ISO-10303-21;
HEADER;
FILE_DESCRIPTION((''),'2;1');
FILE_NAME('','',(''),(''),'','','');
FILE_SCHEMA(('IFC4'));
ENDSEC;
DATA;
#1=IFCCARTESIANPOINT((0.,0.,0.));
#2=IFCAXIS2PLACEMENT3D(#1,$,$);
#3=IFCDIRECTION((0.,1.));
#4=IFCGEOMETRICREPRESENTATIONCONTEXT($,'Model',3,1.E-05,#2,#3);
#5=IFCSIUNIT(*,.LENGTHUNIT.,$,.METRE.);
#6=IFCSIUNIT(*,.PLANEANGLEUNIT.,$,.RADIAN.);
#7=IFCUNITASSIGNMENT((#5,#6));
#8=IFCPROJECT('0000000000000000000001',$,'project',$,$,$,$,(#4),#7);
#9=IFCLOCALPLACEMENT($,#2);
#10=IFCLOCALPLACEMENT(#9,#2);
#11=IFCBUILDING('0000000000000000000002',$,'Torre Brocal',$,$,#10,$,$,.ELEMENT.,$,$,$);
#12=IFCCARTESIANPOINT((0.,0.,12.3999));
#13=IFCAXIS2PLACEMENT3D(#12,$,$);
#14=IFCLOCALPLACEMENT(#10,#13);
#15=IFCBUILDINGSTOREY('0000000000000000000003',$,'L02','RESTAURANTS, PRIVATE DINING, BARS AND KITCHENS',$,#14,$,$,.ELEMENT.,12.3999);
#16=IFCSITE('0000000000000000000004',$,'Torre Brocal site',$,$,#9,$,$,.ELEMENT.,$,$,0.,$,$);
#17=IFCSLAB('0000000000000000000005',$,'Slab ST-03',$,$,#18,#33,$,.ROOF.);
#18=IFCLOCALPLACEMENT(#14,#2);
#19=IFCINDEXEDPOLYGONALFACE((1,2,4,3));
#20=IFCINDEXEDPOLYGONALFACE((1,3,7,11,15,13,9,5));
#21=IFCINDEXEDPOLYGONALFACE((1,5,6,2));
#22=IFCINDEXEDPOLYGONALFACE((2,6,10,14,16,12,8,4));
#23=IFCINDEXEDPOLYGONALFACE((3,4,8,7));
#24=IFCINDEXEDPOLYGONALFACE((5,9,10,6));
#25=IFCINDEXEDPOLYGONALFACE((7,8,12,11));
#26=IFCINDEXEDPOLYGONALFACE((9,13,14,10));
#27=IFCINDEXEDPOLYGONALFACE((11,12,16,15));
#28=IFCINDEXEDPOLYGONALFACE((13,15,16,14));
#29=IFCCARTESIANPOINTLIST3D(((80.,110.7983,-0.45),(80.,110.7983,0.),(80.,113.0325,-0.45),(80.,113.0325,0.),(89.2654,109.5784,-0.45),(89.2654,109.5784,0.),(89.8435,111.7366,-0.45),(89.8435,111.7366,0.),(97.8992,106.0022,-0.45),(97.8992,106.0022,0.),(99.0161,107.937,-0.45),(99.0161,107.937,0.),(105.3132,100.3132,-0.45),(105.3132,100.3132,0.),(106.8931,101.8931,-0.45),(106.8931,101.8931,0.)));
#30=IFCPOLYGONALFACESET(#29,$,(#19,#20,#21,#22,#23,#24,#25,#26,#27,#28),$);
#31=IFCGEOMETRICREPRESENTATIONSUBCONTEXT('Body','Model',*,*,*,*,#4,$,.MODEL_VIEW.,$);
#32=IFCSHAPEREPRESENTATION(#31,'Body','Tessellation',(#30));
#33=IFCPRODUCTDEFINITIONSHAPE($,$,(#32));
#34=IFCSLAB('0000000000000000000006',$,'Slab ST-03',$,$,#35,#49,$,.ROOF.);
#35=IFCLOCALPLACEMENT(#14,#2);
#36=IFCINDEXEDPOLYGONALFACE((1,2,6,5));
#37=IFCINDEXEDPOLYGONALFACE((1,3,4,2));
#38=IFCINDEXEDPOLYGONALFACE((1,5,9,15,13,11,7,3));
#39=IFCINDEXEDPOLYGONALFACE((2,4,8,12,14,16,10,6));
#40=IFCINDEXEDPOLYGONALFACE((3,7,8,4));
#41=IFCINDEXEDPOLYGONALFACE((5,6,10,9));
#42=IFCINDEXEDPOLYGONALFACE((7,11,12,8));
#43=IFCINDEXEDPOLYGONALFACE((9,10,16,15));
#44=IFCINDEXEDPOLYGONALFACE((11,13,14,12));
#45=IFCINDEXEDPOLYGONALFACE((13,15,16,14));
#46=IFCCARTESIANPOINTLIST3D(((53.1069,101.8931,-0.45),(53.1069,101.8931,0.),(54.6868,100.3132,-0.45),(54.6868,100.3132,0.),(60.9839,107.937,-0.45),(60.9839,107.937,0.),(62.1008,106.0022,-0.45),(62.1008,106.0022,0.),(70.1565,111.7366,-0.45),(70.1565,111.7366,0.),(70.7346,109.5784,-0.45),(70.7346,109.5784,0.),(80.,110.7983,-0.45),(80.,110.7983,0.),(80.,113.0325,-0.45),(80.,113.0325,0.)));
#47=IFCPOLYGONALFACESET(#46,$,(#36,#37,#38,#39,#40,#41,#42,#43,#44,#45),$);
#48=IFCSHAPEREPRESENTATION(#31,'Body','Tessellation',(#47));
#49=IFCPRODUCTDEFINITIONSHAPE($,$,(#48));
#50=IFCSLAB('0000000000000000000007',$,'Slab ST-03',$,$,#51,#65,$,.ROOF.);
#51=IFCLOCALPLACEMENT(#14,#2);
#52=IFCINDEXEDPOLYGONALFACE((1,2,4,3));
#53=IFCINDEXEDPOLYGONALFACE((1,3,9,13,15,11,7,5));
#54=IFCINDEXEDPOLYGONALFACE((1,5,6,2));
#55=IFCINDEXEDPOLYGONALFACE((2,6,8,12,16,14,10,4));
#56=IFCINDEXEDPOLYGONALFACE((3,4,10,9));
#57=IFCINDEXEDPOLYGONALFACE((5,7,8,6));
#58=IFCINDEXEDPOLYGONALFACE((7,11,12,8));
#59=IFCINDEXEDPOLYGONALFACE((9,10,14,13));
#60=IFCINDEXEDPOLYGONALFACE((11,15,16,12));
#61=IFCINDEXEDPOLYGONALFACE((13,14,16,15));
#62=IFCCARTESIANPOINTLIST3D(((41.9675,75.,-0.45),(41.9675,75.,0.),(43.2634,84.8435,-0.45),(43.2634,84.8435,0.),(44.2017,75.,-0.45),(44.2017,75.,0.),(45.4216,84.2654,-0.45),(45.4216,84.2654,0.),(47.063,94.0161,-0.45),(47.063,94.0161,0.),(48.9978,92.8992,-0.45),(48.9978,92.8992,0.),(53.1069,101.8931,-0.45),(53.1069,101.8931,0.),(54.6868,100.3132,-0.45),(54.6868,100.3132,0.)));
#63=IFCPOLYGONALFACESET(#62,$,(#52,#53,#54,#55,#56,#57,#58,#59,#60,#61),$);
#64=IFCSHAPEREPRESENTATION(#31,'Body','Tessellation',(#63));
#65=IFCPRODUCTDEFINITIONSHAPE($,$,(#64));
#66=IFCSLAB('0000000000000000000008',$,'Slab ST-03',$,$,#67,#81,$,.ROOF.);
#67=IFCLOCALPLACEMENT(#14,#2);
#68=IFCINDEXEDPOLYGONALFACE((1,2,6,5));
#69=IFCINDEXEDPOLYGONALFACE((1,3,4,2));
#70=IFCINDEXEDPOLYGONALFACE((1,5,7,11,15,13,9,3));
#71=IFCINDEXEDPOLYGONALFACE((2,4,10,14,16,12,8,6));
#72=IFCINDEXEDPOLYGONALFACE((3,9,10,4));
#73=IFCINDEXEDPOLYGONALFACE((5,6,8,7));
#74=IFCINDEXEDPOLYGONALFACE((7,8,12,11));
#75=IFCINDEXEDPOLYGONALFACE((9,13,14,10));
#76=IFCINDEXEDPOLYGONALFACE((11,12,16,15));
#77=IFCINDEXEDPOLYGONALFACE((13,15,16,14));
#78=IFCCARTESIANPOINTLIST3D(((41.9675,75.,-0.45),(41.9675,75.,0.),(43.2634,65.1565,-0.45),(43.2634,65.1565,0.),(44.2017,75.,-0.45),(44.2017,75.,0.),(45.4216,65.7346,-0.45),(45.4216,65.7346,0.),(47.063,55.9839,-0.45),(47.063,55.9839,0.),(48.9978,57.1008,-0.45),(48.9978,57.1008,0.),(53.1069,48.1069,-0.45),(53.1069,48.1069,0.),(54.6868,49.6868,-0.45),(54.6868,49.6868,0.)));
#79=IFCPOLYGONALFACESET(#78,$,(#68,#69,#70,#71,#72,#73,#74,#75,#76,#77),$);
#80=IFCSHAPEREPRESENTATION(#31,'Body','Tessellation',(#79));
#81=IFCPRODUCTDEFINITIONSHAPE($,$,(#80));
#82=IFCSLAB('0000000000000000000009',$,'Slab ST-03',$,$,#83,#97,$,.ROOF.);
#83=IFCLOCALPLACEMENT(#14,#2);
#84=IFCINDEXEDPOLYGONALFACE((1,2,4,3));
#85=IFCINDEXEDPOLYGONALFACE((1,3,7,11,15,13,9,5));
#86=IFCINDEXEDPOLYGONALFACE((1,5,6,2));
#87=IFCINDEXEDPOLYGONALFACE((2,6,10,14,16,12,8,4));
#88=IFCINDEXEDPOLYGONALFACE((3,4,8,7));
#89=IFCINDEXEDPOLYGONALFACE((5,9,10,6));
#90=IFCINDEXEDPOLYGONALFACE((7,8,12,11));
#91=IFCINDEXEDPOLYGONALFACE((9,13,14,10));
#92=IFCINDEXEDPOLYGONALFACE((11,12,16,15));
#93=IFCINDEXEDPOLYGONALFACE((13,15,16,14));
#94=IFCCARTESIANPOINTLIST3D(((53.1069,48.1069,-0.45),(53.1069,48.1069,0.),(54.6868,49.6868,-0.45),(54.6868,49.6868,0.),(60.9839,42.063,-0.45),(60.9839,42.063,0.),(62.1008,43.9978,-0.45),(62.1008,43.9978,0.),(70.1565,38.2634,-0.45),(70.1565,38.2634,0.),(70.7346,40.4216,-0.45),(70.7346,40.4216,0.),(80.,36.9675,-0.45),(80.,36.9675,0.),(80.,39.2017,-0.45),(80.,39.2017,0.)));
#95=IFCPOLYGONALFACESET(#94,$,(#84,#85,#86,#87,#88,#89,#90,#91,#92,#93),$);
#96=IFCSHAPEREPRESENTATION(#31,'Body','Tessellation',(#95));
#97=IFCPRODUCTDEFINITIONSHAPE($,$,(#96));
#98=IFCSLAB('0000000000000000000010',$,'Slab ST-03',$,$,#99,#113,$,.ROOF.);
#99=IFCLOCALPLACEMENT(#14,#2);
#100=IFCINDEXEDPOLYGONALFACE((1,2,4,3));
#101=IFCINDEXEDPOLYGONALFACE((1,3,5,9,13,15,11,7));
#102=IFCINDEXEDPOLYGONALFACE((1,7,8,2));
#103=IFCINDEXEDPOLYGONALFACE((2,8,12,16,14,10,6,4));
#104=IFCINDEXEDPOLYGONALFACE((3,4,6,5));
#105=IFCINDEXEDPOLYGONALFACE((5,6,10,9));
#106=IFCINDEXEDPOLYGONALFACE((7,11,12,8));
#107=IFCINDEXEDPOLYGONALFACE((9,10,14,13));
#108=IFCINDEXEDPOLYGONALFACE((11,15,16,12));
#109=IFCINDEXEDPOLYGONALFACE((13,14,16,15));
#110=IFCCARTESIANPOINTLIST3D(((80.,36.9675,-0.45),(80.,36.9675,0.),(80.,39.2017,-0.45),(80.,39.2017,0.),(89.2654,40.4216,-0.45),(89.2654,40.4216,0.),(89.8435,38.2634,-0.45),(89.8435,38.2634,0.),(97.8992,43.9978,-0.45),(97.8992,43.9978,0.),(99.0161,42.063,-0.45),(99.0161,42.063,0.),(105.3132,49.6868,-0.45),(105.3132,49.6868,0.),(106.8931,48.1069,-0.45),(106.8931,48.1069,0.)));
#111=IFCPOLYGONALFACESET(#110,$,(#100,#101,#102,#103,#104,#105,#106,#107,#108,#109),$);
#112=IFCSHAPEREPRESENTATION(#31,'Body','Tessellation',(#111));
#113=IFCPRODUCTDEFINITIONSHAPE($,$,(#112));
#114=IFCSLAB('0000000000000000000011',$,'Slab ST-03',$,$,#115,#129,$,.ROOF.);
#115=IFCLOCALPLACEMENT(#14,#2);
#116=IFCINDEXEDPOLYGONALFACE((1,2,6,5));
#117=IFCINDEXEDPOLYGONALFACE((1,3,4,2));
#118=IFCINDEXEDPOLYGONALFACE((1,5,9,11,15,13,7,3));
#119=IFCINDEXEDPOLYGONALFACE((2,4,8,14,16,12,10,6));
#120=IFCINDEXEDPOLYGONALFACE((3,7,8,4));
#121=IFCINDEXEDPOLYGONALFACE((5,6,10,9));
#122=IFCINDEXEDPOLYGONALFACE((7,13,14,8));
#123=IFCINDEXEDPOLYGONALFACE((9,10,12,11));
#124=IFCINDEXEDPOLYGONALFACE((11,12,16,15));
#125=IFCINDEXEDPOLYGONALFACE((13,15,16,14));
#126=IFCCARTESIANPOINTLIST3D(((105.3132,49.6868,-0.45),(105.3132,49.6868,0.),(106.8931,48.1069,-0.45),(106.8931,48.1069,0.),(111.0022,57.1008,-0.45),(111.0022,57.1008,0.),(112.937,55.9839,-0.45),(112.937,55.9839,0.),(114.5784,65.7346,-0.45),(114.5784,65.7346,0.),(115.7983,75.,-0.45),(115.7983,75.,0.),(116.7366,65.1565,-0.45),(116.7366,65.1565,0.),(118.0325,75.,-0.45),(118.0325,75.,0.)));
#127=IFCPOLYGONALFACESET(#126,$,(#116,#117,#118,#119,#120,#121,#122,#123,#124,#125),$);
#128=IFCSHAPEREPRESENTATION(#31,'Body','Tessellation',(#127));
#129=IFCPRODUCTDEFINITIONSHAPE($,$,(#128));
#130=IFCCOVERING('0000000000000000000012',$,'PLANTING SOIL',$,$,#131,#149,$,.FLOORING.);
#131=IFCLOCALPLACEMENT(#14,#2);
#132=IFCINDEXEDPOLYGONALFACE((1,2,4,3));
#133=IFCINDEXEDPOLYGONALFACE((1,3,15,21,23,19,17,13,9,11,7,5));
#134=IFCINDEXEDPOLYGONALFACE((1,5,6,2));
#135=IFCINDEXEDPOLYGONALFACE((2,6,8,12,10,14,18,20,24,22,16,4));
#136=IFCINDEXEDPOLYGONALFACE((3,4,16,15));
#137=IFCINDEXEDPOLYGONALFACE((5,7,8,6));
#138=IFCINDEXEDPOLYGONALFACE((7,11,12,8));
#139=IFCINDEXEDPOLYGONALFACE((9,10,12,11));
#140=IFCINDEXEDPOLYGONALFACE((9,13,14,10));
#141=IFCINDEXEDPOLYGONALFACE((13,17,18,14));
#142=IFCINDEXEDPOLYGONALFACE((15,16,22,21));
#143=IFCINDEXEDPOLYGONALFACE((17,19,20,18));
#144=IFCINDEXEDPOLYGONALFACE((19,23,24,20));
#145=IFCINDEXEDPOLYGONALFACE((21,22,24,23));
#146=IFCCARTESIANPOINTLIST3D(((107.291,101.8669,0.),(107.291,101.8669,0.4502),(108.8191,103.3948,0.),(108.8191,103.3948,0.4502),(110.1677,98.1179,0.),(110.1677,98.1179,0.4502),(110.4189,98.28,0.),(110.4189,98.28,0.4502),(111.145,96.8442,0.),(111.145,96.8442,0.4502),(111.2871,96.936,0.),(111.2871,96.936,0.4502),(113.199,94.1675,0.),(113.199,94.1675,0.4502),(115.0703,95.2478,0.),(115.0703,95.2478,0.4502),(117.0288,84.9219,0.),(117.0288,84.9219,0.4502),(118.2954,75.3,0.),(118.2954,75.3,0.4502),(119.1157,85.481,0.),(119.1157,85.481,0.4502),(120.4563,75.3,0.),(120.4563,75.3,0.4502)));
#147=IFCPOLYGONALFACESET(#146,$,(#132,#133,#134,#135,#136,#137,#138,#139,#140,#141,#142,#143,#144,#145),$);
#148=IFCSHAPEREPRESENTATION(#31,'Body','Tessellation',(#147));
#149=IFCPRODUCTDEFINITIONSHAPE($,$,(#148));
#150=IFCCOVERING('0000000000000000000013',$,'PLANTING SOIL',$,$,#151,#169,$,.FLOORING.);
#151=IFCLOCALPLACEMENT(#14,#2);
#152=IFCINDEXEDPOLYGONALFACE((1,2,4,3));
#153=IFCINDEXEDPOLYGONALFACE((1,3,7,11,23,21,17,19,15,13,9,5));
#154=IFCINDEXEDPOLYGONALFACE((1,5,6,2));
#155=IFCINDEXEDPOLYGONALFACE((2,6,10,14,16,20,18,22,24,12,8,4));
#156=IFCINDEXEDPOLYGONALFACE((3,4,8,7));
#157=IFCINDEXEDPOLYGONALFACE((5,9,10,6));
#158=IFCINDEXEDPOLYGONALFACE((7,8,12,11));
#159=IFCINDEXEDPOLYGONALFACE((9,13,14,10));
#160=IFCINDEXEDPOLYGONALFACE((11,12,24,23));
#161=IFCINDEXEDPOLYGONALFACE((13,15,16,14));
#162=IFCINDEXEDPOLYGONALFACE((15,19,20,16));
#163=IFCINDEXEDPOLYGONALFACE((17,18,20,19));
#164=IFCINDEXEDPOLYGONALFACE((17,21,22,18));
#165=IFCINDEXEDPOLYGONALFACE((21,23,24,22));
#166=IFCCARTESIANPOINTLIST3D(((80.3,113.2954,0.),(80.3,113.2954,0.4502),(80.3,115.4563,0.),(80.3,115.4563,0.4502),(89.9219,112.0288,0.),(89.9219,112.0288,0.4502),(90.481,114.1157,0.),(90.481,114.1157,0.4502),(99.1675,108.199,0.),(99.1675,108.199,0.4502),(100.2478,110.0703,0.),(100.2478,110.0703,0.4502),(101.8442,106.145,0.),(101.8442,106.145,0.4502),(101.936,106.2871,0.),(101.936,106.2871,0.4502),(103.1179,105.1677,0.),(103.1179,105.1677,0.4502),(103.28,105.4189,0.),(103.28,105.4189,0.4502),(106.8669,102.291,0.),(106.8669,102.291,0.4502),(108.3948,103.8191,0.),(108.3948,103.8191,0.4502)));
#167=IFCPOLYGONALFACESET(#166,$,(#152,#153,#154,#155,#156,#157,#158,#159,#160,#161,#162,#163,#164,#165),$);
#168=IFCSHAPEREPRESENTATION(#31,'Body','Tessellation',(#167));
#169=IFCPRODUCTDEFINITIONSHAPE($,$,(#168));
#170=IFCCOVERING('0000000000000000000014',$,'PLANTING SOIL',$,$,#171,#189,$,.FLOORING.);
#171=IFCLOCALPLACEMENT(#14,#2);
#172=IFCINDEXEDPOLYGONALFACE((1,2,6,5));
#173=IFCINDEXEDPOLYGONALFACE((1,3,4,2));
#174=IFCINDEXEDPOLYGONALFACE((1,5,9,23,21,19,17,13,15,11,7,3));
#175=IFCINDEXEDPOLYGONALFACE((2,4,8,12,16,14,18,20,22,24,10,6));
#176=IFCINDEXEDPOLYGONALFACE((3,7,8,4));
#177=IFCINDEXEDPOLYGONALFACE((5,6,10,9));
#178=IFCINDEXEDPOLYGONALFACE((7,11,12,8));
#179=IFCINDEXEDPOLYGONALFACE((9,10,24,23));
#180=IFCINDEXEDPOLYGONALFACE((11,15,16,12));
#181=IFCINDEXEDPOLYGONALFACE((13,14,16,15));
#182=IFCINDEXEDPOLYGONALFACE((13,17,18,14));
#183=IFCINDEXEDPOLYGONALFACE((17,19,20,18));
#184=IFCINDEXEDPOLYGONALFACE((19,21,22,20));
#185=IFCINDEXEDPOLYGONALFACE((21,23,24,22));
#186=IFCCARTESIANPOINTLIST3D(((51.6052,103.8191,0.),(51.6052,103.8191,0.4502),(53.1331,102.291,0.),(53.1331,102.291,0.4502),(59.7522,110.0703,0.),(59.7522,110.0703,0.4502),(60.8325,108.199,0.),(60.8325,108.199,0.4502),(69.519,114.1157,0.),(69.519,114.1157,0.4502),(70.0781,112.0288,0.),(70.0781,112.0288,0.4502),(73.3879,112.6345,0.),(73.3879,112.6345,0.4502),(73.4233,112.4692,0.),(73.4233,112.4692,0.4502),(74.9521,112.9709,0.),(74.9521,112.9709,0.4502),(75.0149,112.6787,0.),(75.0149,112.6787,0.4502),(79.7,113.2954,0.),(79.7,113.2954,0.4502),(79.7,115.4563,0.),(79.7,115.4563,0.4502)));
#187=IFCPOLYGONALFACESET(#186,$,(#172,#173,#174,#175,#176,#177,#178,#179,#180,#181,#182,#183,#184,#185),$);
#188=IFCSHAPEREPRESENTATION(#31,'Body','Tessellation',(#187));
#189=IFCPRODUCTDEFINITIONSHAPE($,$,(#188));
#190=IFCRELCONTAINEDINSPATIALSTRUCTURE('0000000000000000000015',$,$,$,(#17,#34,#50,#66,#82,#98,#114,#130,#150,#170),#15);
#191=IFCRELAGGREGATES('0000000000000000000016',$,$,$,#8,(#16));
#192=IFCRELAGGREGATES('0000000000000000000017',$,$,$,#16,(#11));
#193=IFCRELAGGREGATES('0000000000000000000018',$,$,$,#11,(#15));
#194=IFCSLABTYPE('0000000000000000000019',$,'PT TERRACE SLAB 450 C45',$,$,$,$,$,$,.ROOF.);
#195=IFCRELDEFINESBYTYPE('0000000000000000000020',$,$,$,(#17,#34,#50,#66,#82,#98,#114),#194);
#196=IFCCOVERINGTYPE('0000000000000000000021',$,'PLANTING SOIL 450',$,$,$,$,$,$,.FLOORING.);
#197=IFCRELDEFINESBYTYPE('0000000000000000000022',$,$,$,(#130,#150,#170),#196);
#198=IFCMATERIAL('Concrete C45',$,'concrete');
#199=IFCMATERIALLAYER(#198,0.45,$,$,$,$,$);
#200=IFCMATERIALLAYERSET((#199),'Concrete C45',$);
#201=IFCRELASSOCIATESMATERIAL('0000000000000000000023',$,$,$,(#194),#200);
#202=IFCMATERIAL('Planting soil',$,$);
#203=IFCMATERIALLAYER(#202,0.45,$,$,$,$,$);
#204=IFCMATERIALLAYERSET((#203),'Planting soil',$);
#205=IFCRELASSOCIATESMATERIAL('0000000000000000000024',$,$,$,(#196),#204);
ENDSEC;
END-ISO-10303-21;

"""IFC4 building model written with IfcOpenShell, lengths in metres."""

from ifc_helpers import new_model, si_unit, direction, frame, origin, place, context, subcontext, project, spatial, polyline, outline, extrude, material, layer, layer_set, type_object, element, save


model = new_model("IFC4")

# Units and contexts
model_context = context("Model", 3, precision=1e-05, world=origin(), true_north=direction((0.0, 1.0)))
body_context = subcontext(model_context, "Body", "Model", "MODEL_VIEW")
ifc_project = project(units=[si_unit("LENGTHUNIT", "METRE"), si_unit("PLANEANGLEUNIT", "RADIAN")], contexts=[model_context])

# Site, building, storey
site_placement = place(None, origin())
site = spatial("IfcSite", under=ifc_project, at=site_placement, Name="Torre Brocal site", CompositionType="ELEMENT", RefElevation=0.0)
building_placement = place(site_placement, origin())
building = spatial("IfcBuilding", under=site, at=building_placement, Name="Torre Brocal", CompositionType="ELEMENT")
storey_placement = place(building_placement, frame((0.0, 0.0, 12.3999)))
storey = spatial("IfcBuildingStorey", under=building, at=storey_placement, Name="L02", Description="RESTAURANTS, PRIVATE DINING, BARS AND KITCHENS", CompositionType="ELEMENT", Elevation=12.3999)

# Slabs
ifc_material_1 = material(Name="Concrete C45", Category="concrete")
ifc_layer_1 = layer(ifc_material_1, 0.45)
ifc_layer_set_1 = layer_set([ifc_layer_1], Name="Concrete C45")
slab_type_1 = type_object("IfcSlabType", Name="PT TERRACE SLAB 450 C45", PredefinedType="ROOF", material=ifc_layer_set_1)
slab_1_placement = place(storey_placement, frame((0.0, 0.0, -0.45)))
element("IfcSlab", 1, at=slab_1_placement, inside=storey, type_object=slab_type_1, Name="Slab ST-03", PredefinedType="ROOF", context=body_context, shape_type="SweptSolid", body=[
    extrude(outline(polyline([(97.8992, 106.0022), (89.2654, 109.5784), (80.0, 110.7983), (80.0, 113.0325), (89.8435, 111.7366), (99.0161, 107.937), (106.8931, 101.8931), (105.3132, 100.3132), (97.8992, 106.0022)])), origin(), (0.0, 0.0, 1.0), 0.45),
])
slab_2_placement = place(storey_placement, frame((0.0, 0.0, -0.45)))
element("IfcSlab", 2, at=slab_2_placement, inside=storey, type_object=slab_type_1, Name="Slab ST-03", PredefinedType="ROOF", context=body_context, shape_type="SweptSolid", body=[
    extrude(outline(polyline([(70.7346, 109.5784), (62.1008, 106.0022), (54.6868, 100.3132), (53.1069, 101.8931), (60.9839, 107.937), (70.1565, 111.7366), (80.0, 113.0325), (80.0, 110.7983), (70.7346, 109.5784)])), origin(), (0.0, 0.0, 1.0), 0.45),
])
slab_3_placement = place(storey_placement, frame((0.0, 0.0, -0.45)))
element("IfcSlab", 3, at=slab_3_placement, inside=storey, type_object=slab_type_1, Name="Slab ST-03", PredefinedType="ROOF", context=body_context, shape_type="SweptSolid", body=[
    extrude(outline(polyline([(48.9978, 92.8992), (45.4216, 84.2654), (44.2017, 75.0), (41.9675, 75.0), (43.2634, 84.8435), (47.063, 94.0161), (53.1069, 101.8931), (54.6868, 100.3132), (48.9978, 92.8992)])), origin(), (0.0, 0.0, 1.0), 0.45),
])
slab_4_placement = place(storey_placement, frame((0.0, 0.0, -0.45)))
element("IfcSlab", 4, at=slab_4_placement, inside=storey, type_object=slab_type_1, Name="Slab ST-03", PredefinedType="ROOF", context=body_context, shape_type="SweptSolid", body=[
    extrude(outline(polyline([(45.4216, 65.7346), (48.9978, 57.1008), (54.6868, 49.6868), (53.1069, 48.1069), (47.063, 55.9839), (43.2634, 65.1565), (41.9675, 75.0), (44.2017, 75.0), (45.4216, 65.7346)])), origin(), (0.0, 0.0, 1.0), 0.45),
])
slab_5_placement = place(storey_placement, frame((0.0, 0.0, -0.45)))
element("IfcSlab", 5, at=slab_5_placement, inside=storey, type_object=slab_type_1, Name="Slab ST-03", PredefinedType="ROOF", context=body_context, shape_type="SweptSolid", body=[
    extrude(outline(polyline([(62.1008, 43.9978), (70.7346, 40.4216), (80.0, 39.2017), (80.0, 36.9675), (70.1565, 38.2634), (60.9839, 42.063), (53.1069, 48.1069), (54.6868, 49.6868), (62.1008, 43.9978)])), origin(), (0.0, 0.0, 1.0), 0.45),
])
slab_6_placement = place(storey_placement, frame((0.0, 0.0, -0.45)))
element("IfcSlab", 6, at=slab_6_placement, inside=storey, type_object=slab_type_1, Name="Slab ST-03", PredefinedType="ROOF", context=body_context, shape_type="SweptSolid", body=[
    extrude(outline(polyline([(89.2654, 40.4216), (97.8992, 43.9978), (105.3132, 49.6868), (106.8931, 48.1069), (99.0161, 42.063), (89.8435, 38.2634), (80.0, 36.9675), (80.0, 39.2017), (89.2654, 40.4216)])), origin(), (0.0, 0.0, 1.0), 0.45),
])
slab_7_placement = place(storey_placement, frame((0.0, 0.0, -0.45)))
element("IfcSlab", 7, at=slab_7_placement, inside=storey, type_object=slab_type_1, Name="Slab ST-03", PredefinedType="ROOF", context=body_context, shape_type="SweptSolid", body=[
    extrude(outline(polyline([(111.0022, 57.1008), (114.5784, 65.7346), (115.7983, 75.0), (118.0325, 75.0), (116.7366, 65.1565), (112.937, 55.9839), (106.8931, 48.1069), (105.3132, 49.6868), (111.0022, 57.1008)])), origin(), (0.0, 0.0, 1.0), 0.45),
])

# Coverings
ifc_material_2 = material(Name="Planting soil")
ifc_layer_2 = layer(ifc_material_2, 0.45)
ifc_layer_set_2 = layer_set([ifc_layer_2], Name="Planting soil")
covering_type = type_object("IfcCoveringType", Name="PLANTING SOIL 450", PredefinedType="FLOORING", material=ifc_layer_set_2)
covering_1_placement = place(storey_placement, origin())
element("IfcCovering", 8, at=covering_1_placement, inside=storey, type_object=covering_type, Name="PLANTING SOIL", PredefinedType="FLOORING", context=body_context, shape_type="SweptSolid", body=[
    extrude(outline(polyline([(120.4563, 75.3), (118.2954, 75.3), (117.0288, 84.9219), (113.199, 94.1675), (111.145, 96.8442), (111.2871, 96.936), (110.4189, 98.28), (110.1677, 98.1179), (107.291, 101.8669), (108.8191, 103.3948), (115.0703, 95.2478), (119.1157, 85.481), (120.4563, 75.3)])), origin(), (0.0, 0.0, 1.0), 0.4502),
])
covering_2_placement = place(storey_placement, origin())
element("IfcCovering", 9, at=covering_2_placement, inside=storey, type_object=covering_type, Name="PLANTING SOIL", PredefinedType="FLOORING", context=body_context, shape_type="SweptSolid", body=[
    extrude(outline(polyline([(108.3948, 103.8191), (106.8669, 102.291), (103.1179, 105.1677), (103.28, 105.4189), (101.936, 106.2871), (101.8442, 106.145), (99.1675, 108.199), (89.9219, 112.0288), (80.3, 113.2954), (80.3, 115.4563), (90.481, 114.1157), (100.2478, 110.0703), (108.3948, 103.8191)])), origin(), (0.0, 0.0, 1.0), 0.4502),
])
covering_3_placement = place(storey_placement, origin())
element("IfcCovering", 10, at=covering_3_placement, inside=storey, type_object=covering_type, Name="PLANTING SOIL", PredefinedType="FLOORING", context=body_context, shape_type="SweptSolid", body=[
    extrude(outline(polyline([(59.7522, 110.0703), (69.519, 114.1157), (79.7, 115.4563), (79.7, 113.2954), (75.0149, 112.6787), (74.9521, 112.9709), (73.3879, 112.6345), (73.4233, 112.4692), (70.0781, 112.0288), (60.8325, 108.199), (53.1331, 102.291), (51.6052, 103.8191), (59.7522, 110.0703)])), origin(), (0.0, 0.0, 1.0), 0.4502),
])

save(model, "model.ifc")
